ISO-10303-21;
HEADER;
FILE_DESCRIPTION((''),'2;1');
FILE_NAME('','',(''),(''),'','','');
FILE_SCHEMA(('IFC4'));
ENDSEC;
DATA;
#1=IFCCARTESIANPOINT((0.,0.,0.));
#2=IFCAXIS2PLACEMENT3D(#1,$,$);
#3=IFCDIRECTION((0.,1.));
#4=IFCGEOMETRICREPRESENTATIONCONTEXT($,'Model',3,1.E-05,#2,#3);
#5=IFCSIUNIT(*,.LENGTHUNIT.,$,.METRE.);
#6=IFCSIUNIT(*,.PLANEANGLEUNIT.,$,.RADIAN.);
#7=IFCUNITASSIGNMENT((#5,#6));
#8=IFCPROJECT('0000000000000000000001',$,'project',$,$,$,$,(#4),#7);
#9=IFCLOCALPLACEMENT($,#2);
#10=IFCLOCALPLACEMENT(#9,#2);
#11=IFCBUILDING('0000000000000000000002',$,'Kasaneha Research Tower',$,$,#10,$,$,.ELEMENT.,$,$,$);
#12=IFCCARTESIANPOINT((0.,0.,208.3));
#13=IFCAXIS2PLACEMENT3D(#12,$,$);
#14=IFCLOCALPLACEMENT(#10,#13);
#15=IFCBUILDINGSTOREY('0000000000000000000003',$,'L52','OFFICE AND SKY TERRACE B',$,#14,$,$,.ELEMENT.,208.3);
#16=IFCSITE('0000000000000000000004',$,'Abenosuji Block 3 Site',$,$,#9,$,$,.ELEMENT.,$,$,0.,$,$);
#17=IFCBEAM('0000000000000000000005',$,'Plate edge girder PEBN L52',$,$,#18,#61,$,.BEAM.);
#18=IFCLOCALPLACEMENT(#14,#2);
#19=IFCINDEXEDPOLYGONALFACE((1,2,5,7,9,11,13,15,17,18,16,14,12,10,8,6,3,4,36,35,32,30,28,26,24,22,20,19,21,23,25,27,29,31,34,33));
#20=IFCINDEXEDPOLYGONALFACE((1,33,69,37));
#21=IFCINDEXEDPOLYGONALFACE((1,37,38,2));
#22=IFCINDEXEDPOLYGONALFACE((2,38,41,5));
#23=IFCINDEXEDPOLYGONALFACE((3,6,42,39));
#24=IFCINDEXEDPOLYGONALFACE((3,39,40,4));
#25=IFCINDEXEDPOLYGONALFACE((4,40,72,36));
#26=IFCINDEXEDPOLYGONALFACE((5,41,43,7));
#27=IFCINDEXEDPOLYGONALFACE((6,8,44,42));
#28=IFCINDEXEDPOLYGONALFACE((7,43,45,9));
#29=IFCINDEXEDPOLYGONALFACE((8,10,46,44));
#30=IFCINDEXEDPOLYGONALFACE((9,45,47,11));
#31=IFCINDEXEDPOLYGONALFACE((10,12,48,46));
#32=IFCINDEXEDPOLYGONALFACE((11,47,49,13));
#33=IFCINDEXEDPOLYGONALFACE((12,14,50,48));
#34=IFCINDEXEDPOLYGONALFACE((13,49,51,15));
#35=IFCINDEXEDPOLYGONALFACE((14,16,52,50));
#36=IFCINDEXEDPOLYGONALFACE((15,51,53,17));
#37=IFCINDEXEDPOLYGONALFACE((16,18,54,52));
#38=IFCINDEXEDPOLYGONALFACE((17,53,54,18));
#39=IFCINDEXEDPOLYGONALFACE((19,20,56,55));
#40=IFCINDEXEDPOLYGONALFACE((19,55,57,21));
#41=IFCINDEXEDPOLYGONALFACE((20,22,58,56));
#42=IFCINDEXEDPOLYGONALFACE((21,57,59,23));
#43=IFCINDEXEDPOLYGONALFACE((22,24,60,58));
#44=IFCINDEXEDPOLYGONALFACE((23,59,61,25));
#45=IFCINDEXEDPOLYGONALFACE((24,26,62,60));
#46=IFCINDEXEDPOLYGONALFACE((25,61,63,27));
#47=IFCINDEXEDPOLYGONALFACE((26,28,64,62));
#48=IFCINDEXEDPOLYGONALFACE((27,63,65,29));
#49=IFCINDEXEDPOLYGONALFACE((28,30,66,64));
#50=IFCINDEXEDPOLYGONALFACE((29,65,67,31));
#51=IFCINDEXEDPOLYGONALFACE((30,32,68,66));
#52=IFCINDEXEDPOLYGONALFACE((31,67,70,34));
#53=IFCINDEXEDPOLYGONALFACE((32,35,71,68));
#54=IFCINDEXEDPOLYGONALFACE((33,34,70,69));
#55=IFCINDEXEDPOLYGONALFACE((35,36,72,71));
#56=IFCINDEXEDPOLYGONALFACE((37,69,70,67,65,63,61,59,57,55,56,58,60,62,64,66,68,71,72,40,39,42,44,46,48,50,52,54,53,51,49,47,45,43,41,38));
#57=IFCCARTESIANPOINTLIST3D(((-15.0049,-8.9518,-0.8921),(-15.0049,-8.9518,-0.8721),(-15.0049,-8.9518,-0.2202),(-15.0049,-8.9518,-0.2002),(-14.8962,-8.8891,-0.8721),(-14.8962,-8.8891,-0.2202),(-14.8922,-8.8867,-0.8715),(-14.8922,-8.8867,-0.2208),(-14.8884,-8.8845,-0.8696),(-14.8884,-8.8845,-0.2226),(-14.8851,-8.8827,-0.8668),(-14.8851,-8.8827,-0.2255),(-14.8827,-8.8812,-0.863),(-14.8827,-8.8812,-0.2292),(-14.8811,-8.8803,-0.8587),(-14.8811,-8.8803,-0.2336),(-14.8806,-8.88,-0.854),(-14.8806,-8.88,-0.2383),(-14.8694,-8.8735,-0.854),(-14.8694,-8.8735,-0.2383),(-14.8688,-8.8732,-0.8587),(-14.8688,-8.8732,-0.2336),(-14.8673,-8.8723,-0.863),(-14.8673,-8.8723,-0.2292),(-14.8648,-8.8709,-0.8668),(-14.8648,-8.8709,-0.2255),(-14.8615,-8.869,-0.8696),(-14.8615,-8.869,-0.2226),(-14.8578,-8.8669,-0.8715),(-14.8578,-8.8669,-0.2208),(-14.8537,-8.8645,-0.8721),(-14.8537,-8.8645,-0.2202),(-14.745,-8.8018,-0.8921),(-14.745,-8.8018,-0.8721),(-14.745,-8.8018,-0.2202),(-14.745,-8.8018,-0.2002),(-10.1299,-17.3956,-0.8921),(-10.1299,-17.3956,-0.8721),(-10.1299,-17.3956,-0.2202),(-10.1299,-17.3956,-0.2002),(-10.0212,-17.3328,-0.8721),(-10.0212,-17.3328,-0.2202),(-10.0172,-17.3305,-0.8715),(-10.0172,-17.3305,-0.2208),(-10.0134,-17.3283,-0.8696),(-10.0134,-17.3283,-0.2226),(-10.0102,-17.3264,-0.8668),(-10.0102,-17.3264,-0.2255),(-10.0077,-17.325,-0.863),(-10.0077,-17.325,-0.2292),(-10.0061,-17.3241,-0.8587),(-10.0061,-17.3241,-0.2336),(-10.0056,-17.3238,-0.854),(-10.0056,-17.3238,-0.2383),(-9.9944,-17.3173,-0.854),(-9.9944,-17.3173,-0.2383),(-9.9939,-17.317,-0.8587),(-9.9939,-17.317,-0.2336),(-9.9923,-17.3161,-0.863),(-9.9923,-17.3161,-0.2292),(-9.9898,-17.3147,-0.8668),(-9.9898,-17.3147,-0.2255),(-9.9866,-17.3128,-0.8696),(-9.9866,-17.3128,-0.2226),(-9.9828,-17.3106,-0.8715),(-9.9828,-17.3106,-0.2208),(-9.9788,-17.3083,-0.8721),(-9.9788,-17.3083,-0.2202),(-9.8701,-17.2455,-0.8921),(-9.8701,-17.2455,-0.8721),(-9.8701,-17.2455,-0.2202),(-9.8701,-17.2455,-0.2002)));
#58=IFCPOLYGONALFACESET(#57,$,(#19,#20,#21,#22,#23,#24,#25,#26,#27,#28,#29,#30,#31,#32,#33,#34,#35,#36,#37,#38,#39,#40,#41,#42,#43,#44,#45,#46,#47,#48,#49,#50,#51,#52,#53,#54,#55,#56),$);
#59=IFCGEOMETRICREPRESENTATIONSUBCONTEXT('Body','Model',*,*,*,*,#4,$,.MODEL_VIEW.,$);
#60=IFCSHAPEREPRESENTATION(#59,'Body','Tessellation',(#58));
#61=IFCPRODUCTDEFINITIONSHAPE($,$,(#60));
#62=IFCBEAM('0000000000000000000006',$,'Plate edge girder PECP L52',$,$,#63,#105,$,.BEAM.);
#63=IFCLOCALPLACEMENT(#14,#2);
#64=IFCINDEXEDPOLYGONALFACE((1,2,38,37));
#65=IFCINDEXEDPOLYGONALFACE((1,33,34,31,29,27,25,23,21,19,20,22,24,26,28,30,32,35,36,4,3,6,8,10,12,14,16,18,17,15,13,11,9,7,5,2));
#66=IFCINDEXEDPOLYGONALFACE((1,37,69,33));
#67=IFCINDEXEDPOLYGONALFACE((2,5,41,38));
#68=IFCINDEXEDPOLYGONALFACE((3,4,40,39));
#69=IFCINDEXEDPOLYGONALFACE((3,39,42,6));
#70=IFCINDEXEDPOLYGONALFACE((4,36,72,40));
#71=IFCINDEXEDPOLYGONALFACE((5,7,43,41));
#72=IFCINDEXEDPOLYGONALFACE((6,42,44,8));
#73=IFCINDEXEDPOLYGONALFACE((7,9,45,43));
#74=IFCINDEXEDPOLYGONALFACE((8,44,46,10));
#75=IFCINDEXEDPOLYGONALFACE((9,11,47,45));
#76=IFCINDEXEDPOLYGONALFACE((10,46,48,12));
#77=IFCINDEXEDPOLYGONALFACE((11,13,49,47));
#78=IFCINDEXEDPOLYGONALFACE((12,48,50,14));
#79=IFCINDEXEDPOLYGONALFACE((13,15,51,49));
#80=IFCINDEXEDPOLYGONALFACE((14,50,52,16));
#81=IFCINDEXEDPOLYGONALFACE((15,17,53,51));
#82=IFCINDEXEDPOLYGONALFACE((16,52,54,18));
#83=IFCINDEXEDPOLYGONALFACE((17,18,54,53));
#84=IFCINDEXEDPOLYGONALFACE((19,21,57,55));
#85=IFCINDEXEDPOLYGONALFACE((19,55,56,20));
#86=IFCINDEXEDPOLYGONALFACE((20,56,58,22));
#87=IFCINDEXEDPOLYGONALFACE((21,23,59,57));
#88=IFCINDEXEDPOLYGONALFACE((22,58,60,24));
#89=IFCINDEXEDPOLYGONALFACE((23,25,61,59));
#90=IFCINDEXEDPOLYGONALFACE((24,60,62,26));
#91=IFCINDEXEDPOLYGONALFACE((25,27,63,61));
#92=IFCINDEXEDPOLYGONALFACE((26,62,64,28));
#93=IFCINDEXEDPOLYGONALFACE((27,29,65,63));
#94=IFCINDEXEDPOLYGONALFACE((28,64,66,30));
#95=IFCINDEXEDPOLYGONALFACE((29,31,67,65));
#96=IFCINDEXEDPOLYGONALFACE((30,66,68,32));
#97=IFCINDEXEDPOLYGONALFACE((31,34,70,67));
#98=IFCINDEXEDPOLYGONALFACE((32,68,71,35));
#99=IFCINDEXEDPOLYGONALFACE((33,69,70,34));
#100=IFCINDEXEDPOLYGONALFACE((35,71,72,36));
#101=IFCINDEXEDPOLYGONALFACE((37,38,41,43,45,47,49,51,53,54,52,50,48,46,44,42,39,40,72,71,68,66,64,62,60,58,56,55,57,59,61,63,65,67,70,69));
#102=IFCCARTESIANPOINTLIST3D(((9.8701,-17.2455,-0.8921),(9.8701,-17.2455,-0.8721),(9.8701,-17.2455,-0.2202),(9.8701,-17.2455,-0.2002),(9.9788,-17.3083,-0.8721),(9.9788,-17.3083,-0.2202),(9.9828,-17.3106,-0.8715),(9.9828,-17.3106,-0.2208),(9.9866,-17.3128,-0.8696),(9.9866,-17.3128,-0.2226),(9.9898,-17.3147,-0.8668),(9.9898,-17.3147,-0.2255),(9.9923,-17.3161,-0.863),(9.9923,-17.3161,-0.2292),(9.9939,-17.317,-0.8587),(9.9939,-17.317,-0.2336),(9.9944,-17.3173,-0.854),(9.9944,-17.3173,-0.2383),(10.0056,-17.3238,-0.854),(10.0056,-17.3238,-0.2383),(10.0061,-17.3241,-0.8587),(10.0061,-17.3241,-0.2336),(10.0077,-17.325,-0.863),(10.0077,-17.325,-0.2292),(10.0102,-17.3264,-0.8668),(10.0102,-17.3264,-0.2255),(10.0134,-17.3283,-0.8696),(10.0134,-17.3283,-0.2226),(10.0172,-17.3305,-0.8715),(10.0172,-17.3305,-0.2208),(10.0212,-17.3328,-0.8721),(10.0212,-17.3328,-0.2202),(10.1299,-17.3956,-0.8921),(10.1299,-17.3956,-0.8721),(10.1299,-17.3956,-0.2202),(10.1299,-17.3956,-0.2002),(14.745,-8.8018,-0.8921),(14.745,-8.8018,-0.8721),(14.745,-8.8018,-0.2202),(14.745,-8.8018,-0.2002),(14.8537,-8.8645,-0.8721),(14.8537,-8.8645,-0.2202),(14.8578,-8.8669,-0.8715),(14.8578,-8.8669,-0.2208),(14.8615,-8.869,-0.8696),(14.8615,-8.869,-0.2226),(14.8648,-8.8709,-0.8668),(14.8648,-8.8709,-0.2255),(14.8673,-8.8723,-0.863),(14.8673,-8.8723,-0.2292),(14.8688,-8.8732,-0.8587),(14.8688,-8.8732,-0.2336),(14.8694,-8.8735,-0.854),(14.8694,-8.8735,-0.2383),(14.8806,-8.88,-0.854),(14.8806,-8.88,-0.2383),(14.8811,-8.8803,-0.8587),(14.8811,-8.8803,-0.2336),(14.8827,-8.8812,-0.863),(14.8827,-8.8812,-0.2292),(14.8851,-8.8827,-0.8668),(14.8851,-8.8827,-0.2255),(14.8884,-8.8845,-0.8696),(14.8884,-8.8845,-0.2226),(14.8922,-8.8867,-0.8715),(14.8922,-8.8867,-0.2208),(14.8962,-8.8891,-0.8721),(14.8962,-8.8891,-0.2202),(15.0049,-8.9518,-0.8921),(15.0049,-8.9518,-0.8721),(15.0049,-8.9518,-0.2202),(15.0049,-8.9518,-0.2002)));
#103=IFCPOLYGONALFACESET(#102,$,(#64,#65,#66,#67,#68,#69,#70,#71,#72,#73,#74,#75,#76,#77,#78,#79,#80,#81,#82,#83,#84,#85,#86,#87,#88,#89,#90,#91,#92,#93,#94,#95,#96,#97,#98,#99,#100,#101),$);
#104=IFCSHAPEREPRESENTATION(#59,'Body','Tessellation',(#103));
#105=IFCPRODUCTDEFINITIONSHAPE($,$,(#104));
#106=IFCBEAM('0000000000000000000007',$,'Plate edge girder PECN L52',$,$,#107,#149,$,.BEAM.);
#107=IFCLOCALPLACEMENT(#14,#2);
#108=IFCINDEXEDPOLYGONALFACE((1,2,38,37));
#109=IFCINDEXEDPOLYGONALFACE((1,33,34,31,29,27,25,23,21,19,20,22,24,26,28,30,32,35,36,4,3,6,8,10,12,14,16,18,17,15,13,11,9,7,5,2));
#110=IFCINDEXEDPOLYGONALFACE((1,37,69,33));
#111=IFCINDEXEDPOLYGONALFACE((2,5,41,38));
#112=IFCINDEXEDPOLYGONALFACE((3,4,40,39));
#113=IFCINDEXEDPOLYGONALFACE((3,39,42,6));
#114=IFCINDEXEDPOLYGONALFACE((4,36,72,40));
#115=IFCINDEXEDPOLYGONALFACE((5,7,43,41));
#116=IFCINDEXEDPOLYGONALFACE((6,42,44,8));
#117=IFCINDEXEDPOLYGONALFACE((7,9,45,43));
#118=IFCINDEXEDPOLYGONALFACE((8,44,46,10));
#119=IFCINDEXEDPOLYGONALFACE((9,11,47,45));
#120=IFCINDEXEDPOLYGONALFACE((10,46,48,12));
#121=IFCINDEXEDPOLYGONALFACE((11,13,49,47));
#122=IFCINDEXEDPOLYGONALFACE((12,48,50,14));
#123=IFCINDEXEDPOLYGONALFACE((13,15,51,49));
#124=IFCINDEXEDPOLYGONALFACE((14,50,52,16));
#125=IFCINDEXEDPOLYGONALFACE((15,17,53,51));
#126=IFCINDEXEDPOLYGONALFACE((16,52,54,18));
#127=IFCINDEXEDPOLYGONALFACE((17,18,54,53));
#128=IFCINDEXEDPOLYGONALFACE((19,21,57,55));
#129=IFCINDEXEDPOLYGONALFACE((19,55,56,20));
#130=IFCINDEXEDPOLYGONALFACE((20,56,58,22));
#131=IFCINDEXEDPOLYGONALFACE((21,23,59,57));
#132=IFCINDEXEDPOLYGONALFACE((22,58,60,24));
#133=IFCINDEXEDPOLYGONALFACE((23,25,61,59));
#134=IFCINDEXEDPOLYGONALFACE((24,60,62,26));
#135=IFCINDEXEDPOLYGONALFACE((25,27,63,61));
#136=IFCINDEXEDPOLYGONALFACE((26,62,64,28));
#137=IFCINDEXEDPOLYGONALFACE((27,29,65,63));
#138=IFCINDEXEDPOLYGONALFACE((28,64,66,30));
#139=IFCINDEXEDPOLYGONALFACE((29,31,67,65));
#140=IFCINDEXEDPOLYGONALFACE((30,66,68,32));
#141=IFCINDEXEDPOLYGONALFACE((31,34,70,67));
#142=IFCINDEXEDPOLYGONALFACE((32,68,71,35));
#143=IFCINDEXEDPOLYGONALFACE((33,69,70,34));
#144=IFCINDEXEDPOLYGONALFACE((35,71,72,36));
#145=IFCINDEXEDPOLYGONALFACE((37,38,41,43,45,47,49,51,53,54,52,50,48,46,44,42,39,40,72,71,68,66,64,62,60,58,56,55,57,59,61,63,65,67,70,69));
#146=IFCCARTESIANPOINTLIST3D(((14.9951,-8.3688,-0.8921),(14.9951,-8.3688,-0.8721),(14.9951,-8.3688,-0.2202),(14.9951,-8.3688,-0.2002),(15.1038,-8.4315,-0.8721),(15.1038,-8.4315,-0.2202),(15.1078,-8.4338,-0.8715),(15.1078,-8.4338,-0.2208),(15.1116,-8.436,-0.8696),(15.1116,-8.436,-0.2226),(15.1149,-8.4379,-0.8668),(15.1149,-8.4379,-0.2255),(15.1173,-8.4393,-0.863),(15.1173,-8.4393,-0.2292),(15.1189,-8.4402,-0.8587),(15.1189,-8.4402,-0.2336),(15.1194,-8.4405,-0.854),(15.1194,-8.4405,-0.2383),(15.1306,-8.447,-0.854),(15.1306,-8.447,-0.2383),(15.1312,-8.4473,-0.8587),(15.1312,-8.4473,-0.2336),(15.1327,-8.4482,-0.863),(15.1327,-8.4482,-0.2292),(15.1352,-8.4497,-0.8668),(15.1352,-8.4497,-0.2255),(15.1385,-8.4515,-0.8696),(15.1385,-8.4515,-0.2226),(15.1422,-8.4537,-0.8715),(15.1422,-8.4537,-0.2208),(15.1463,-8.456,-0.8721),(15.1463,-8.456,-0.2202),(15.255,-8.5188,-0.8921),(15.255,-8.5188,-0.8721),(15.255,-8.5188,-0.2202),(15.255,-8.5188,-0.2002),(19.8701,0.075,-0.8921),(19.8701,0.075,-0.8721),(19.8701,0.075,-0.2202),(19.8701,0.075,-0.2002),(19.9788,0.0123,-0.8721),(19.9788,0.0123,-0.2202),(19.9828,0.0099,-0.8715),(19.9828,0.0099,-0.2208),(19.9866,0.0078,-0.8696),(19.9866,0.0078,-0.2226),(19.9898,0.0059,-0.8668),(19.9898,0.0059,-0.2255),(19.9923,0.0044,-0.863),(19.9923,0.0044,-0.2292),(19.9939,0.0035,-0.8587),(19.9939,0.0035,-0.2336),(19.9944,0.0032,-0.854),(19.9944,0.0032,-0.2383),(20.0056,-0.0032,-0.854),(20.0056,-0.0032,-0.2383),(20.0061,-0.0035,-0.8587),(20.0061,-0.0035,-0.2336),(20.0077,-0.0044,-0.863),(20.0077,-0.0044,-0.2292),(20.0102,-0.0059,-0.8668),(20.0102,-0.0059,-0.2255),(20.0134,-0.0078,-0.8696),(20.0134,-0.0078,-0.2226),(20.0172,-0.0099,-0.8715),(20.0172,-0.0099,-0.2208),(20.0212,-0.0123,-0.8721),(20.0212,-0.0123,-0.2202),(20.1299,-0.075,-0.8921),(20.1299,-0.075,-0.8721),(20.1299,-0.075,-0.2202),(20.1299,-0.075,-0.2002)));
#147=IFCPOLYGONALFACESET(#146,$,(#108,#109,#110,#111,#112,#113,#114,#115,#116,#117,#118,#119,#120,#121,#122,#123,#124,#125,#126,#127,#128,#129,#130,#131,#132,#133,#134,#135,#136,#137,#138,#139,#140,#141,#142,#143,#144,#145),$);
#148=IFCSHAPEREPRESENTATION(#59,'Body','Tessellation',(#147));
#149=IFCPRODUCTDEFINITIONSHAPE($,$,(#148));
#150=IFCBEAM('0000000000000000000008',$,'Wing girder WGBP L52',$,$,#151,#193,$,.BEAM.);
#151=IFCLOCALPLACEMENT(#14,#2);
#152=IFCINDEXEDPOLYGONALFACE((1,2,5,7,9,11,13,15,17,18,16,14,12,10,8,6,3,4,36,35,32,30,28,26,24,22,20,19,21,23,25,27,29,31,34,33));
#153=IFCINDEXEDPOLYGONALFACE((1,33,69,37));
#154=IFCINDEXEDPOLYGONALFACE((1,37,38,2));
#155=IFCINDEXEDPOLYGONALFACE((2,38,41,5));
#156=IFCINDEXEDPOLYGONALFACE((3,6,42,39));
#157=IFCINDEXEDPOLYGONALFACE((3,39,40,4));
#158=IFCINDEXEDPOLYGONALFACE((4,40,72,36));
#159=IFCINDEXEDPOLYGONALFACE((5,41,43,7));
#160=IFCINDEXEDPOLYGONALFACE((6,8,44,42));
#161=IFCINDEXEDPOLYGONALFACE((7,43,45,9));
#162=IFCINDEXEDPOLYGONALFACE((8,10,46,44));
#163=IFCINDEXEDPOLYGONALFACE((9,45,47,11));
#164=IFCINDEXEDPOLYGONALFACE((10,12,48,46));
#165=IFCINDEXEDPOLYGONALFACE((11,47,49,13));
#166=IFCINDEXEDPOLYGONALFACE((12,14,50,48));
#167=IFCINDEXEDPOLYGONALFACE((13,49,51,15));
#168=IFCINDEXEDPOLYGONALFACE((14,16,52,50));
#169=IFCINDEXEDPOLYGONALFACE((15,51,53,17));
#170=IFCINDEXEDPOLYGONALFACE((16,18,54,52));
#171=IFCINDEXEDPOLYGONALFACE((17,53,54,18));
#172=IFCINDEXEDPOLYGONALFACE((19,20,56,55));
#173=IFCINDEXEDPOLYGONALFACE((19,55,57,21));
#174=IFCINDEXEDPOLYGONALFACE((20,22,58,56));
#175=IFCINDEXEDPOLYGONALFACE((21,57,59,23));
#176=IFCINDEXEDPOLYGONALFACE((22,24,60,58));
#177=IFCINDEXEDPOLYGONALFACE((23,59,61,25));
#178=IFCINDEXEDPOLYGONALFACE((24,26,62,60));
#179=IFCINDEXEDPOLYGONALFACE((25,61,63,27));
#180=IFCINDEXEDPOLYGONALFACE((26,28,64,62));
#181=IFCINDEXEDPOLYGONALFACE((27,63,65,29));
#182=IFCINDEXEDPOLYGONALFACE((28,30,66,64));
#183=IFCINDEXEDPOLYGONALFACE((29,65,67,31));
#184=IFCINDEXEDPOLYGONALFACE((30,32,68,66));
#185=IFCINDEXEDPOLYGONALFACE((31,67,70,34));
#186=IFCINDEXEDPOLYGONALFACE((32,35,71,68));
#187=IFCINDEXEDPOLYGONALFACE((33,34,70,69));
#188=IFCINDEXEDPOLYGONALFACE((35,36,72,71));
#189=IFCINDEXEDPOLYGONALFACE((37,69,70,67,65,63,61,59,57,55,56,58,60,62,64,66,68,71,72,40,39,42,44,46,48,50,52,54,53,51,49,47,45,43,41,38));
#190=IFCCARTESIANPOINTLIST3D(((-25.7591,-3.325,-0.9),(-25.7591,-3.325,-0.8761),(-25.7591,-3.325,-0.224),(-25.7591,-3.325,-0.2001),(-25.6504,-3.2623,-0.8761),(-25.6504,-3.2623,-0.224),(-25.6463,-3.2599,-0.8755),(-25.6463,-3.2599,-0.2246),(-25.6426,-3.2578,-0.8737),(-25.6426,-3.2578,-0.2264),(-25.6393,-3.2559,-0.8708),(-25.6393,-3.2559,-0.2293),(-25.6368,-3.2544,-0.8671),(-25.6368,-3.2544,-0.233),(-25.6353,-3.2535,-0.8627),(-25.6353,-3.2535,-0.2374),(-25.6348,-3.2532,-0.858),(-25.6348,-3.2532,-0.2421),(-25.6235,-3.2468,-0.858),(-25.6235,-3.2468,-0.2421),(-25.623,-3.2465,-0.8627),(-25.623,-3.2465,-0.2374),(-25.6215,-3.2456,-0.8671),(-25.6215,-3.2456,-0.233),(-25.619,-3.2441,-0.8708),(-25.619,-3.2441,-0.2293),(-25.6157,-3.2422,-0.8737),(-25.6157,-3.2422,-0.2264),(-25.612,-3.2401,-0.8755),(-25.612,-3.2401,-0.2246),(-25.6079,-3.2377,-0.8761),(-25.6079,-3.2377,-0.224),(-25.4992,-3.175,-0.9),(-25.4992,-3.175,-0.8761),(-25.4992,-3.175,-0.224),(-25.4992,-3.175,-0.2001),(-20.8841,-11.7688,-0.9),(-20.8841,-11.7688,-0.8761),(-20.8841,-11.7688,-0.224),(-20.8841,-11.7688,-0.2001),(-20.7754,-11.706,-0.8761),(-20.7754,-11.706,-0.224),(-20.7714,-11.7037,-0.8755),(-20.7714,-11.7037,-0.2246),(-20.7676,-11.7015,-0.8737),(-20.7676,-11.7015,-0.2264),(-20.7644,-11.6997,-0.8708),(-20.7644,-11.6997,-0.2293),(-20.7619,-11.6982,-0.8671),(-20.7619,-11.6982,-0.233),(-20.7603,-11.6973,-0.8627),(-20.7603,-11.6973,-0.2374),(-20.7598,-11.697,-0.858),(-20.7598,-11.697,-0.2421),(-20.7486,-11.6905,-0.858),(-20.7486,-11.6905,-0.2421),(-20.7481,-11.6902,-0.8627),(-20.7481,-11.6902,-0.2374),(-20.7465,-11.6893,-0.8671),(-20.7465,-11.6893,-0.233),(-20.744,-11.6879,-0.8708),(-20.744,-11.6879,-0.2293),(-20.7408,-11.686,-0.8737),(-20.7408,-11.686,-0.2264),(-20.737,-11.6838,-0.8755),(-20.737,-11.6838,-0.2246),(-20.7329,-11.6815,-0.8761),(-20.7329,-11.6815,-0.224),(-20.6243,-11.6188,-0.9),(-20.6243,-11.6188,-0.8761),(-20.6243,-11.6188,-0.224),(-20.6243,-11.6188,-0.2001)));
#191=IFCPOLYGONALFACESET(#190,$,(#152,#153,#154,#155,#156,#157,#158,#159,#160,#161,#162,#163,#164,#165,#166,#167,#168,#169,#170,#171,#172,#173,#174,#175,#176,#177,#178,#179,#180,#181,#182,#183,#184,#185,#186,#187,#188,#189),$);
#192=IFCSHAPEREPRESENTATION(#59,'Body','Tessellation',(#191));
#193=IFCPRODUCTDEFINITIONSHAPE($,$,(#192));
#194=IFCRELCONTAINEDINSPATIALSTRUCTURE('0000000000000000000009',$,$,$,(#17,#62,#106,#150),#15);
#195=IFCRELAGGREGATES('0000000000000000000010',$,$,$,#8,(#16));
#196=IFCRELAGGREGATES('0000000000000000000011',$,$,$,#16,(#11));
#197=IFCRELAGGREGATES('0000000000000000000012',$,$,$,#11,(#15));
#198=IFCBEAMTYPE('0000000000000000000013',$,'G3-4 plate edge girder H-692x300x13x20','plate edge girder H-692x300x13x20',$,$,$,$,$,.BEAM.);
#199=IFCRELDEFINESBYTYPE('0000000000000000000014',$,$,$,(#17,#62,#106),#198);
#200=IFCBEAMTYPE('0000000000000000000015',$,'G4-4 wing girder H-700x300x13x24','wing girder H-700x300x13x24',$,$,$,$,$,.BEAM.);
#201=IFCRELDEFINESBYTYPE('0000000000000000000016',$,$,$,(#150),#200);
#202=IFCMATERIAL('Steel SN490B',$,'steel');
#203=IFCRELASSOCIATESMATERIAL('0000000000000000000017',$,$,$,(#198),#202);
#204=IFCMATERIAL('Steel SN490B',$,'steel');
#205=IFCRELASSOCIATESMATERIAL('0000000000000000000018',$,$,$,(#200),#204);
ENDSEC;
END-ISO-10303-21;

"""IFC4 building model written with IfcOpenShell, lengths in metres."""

from ifc_helpers import new_model, si_unit, direction, frame, origin, origin_2d, place, context, subcontext, project, spatial, i_section, extrude, material, material_profile, profile_set, type_object, element, save


model = new_model("IFC4")

# Units and contexts
model_context = context("Model", 3, precision=1e-05, world=origin(), true_north=direction((0.0, 1.0)))
body_context = subcontext(model_context, "Body", "Model", "MODEL_VIEW")
ifc_project = project(units=[si_unit("LENGTHUNIT", "METRE"), si_unit("PLANEANGLEUNIT", "RADIAN")], contexts=[model_context])

# Site, building, storey
site_placement = place(None, origin())
site = spatial("IfcSite", under=ifc_project, at=site_placement, Name="Abenosuji Block 3 Site", CompositionType="ELEMENT", RefElevation=0.0)
building_placement = place(site_placement, origin())
building = spatial("IfcBuilding", under=site, at=building_placement, Name="Kasaneha Research Tower", CompositionType="ELEMENT")
storey_placement = place(building_placement, frame((0.0, 0.0, 208.3)))
storey = spatial("IfcBuildingStorey", under=building, at=storey_placement, Name="L52", Description="OFFICE AND SKY TERRACE B", CompositionType="ELEMENT", Elevation=208.3)

# Beams
ifc_material_1 = material(Name="Steel SN490B", Category="steel")
ifc_material_profile_1 = material_profile(ifc_material_1, i_section(OverallWidth=0.3, OverallDepth=0.6919, WebThickness=0.0129, FlangeThickness=0.02, FilletRadius=0.0181, at=origin_2d()), Name="H-692x300x13x20")
ifc_profile_set_1 = profile_set([ifc_material_profile_1], Name="Steel SN490B")
beam_type_1 = type_object("IfcBeamType", Name="G3-4 plate edge girder H-692x300x13x20", Description="plate edge girder H-692x300x13x20", PredefinedType="BEAM", material=ifc_profile_set_1)
for number, where, z_axis, x_axis, name in (
    (1, (-10.0, -17.3206, -0.5461), (-0.499996, 0.866028, 0.0), (-0.866028, -0.499996, 0.0), "Plate edge girder PEBN L52"),
    (2, (10.0, -17.3206, -0.5461), (0.499996, 0.866028, 0.0), (-0.866028, 0.499996, 0.0), "Plate edge girder PECP L52"),
    (3, (20.0, 0.0, -0.5461), (-0.499996, -0.866028, 0.0), (0.866028, -0.499996, 0.0), "Plate edge girder PECN L52"),
):
    element("IfcBeam", number, at=place(storey_placement, frame(where, z_axis=z_axis, x_axis=x_axis)), inside=storey, type_object=beam_type_1, Name=name, PredefinedType="BEAM", context=body_context, shape_type="SweptSolid", body=[
        extrude(i_section(OverallWidth=0.3, OverallDepth=0.6919, WebThickness=0.0129, FlangeThickness=0.02, FilletRadius=0.0181, at=origin_2d()), origin(), (0.0, 0.0, 1.0), 9.75),
    ])
ifc_material_2 = material(Name="Steel SN490B", Category="steel")
ifc_material_profile_2 = material_profile(ifc_material_2, i_section(OverallWidth=0.3, OverallDepth=0.7, WebThickness=0.0129, FlangeThickness=0.0239, FilletRadius=0.0181, at=origin_2d()), Name="H-700x300x13x24")
ifc_profile_set_2 = profile_set([ifc_material_profile_2], Name="Steel SN490B")
beam_type_2 = type_object("IfcBeamType", Name="G4-4 wing girder H-700x300x13x24", Description="wing girder H-700x300x13x24", PredefinedType="BEAM", material=ifc_profile_set_2)
for number, where, z_axis, x_axis, name in (
    (4, (-25.6292, -3.25, -0.55), (0.499996, -0.866028, 0.0), (0.866028, 0.499996, 0.0), "Wing girder WGBP L52"),
):
    element("IfcBeam", number, at=place(storey_placement, frame(where, z_axis=z_axis, x_axis=x_axis)), inside=storey, type_object=beam_type_2, Name=name, PredefinedType="BEAM", context=body_context, shape_type="SweptSolid", body=[
        extrude(i_section(OverallWidth=0.3, OverallDepth=0.7, WebThickness=0.0129, FlangeThickness=0.0239, FilletRadius=0.0181, at=origin_2d()), origin(), (0.0, 0.0, 1.0), 9.75),
    ])

save(model, "model.ifc")
